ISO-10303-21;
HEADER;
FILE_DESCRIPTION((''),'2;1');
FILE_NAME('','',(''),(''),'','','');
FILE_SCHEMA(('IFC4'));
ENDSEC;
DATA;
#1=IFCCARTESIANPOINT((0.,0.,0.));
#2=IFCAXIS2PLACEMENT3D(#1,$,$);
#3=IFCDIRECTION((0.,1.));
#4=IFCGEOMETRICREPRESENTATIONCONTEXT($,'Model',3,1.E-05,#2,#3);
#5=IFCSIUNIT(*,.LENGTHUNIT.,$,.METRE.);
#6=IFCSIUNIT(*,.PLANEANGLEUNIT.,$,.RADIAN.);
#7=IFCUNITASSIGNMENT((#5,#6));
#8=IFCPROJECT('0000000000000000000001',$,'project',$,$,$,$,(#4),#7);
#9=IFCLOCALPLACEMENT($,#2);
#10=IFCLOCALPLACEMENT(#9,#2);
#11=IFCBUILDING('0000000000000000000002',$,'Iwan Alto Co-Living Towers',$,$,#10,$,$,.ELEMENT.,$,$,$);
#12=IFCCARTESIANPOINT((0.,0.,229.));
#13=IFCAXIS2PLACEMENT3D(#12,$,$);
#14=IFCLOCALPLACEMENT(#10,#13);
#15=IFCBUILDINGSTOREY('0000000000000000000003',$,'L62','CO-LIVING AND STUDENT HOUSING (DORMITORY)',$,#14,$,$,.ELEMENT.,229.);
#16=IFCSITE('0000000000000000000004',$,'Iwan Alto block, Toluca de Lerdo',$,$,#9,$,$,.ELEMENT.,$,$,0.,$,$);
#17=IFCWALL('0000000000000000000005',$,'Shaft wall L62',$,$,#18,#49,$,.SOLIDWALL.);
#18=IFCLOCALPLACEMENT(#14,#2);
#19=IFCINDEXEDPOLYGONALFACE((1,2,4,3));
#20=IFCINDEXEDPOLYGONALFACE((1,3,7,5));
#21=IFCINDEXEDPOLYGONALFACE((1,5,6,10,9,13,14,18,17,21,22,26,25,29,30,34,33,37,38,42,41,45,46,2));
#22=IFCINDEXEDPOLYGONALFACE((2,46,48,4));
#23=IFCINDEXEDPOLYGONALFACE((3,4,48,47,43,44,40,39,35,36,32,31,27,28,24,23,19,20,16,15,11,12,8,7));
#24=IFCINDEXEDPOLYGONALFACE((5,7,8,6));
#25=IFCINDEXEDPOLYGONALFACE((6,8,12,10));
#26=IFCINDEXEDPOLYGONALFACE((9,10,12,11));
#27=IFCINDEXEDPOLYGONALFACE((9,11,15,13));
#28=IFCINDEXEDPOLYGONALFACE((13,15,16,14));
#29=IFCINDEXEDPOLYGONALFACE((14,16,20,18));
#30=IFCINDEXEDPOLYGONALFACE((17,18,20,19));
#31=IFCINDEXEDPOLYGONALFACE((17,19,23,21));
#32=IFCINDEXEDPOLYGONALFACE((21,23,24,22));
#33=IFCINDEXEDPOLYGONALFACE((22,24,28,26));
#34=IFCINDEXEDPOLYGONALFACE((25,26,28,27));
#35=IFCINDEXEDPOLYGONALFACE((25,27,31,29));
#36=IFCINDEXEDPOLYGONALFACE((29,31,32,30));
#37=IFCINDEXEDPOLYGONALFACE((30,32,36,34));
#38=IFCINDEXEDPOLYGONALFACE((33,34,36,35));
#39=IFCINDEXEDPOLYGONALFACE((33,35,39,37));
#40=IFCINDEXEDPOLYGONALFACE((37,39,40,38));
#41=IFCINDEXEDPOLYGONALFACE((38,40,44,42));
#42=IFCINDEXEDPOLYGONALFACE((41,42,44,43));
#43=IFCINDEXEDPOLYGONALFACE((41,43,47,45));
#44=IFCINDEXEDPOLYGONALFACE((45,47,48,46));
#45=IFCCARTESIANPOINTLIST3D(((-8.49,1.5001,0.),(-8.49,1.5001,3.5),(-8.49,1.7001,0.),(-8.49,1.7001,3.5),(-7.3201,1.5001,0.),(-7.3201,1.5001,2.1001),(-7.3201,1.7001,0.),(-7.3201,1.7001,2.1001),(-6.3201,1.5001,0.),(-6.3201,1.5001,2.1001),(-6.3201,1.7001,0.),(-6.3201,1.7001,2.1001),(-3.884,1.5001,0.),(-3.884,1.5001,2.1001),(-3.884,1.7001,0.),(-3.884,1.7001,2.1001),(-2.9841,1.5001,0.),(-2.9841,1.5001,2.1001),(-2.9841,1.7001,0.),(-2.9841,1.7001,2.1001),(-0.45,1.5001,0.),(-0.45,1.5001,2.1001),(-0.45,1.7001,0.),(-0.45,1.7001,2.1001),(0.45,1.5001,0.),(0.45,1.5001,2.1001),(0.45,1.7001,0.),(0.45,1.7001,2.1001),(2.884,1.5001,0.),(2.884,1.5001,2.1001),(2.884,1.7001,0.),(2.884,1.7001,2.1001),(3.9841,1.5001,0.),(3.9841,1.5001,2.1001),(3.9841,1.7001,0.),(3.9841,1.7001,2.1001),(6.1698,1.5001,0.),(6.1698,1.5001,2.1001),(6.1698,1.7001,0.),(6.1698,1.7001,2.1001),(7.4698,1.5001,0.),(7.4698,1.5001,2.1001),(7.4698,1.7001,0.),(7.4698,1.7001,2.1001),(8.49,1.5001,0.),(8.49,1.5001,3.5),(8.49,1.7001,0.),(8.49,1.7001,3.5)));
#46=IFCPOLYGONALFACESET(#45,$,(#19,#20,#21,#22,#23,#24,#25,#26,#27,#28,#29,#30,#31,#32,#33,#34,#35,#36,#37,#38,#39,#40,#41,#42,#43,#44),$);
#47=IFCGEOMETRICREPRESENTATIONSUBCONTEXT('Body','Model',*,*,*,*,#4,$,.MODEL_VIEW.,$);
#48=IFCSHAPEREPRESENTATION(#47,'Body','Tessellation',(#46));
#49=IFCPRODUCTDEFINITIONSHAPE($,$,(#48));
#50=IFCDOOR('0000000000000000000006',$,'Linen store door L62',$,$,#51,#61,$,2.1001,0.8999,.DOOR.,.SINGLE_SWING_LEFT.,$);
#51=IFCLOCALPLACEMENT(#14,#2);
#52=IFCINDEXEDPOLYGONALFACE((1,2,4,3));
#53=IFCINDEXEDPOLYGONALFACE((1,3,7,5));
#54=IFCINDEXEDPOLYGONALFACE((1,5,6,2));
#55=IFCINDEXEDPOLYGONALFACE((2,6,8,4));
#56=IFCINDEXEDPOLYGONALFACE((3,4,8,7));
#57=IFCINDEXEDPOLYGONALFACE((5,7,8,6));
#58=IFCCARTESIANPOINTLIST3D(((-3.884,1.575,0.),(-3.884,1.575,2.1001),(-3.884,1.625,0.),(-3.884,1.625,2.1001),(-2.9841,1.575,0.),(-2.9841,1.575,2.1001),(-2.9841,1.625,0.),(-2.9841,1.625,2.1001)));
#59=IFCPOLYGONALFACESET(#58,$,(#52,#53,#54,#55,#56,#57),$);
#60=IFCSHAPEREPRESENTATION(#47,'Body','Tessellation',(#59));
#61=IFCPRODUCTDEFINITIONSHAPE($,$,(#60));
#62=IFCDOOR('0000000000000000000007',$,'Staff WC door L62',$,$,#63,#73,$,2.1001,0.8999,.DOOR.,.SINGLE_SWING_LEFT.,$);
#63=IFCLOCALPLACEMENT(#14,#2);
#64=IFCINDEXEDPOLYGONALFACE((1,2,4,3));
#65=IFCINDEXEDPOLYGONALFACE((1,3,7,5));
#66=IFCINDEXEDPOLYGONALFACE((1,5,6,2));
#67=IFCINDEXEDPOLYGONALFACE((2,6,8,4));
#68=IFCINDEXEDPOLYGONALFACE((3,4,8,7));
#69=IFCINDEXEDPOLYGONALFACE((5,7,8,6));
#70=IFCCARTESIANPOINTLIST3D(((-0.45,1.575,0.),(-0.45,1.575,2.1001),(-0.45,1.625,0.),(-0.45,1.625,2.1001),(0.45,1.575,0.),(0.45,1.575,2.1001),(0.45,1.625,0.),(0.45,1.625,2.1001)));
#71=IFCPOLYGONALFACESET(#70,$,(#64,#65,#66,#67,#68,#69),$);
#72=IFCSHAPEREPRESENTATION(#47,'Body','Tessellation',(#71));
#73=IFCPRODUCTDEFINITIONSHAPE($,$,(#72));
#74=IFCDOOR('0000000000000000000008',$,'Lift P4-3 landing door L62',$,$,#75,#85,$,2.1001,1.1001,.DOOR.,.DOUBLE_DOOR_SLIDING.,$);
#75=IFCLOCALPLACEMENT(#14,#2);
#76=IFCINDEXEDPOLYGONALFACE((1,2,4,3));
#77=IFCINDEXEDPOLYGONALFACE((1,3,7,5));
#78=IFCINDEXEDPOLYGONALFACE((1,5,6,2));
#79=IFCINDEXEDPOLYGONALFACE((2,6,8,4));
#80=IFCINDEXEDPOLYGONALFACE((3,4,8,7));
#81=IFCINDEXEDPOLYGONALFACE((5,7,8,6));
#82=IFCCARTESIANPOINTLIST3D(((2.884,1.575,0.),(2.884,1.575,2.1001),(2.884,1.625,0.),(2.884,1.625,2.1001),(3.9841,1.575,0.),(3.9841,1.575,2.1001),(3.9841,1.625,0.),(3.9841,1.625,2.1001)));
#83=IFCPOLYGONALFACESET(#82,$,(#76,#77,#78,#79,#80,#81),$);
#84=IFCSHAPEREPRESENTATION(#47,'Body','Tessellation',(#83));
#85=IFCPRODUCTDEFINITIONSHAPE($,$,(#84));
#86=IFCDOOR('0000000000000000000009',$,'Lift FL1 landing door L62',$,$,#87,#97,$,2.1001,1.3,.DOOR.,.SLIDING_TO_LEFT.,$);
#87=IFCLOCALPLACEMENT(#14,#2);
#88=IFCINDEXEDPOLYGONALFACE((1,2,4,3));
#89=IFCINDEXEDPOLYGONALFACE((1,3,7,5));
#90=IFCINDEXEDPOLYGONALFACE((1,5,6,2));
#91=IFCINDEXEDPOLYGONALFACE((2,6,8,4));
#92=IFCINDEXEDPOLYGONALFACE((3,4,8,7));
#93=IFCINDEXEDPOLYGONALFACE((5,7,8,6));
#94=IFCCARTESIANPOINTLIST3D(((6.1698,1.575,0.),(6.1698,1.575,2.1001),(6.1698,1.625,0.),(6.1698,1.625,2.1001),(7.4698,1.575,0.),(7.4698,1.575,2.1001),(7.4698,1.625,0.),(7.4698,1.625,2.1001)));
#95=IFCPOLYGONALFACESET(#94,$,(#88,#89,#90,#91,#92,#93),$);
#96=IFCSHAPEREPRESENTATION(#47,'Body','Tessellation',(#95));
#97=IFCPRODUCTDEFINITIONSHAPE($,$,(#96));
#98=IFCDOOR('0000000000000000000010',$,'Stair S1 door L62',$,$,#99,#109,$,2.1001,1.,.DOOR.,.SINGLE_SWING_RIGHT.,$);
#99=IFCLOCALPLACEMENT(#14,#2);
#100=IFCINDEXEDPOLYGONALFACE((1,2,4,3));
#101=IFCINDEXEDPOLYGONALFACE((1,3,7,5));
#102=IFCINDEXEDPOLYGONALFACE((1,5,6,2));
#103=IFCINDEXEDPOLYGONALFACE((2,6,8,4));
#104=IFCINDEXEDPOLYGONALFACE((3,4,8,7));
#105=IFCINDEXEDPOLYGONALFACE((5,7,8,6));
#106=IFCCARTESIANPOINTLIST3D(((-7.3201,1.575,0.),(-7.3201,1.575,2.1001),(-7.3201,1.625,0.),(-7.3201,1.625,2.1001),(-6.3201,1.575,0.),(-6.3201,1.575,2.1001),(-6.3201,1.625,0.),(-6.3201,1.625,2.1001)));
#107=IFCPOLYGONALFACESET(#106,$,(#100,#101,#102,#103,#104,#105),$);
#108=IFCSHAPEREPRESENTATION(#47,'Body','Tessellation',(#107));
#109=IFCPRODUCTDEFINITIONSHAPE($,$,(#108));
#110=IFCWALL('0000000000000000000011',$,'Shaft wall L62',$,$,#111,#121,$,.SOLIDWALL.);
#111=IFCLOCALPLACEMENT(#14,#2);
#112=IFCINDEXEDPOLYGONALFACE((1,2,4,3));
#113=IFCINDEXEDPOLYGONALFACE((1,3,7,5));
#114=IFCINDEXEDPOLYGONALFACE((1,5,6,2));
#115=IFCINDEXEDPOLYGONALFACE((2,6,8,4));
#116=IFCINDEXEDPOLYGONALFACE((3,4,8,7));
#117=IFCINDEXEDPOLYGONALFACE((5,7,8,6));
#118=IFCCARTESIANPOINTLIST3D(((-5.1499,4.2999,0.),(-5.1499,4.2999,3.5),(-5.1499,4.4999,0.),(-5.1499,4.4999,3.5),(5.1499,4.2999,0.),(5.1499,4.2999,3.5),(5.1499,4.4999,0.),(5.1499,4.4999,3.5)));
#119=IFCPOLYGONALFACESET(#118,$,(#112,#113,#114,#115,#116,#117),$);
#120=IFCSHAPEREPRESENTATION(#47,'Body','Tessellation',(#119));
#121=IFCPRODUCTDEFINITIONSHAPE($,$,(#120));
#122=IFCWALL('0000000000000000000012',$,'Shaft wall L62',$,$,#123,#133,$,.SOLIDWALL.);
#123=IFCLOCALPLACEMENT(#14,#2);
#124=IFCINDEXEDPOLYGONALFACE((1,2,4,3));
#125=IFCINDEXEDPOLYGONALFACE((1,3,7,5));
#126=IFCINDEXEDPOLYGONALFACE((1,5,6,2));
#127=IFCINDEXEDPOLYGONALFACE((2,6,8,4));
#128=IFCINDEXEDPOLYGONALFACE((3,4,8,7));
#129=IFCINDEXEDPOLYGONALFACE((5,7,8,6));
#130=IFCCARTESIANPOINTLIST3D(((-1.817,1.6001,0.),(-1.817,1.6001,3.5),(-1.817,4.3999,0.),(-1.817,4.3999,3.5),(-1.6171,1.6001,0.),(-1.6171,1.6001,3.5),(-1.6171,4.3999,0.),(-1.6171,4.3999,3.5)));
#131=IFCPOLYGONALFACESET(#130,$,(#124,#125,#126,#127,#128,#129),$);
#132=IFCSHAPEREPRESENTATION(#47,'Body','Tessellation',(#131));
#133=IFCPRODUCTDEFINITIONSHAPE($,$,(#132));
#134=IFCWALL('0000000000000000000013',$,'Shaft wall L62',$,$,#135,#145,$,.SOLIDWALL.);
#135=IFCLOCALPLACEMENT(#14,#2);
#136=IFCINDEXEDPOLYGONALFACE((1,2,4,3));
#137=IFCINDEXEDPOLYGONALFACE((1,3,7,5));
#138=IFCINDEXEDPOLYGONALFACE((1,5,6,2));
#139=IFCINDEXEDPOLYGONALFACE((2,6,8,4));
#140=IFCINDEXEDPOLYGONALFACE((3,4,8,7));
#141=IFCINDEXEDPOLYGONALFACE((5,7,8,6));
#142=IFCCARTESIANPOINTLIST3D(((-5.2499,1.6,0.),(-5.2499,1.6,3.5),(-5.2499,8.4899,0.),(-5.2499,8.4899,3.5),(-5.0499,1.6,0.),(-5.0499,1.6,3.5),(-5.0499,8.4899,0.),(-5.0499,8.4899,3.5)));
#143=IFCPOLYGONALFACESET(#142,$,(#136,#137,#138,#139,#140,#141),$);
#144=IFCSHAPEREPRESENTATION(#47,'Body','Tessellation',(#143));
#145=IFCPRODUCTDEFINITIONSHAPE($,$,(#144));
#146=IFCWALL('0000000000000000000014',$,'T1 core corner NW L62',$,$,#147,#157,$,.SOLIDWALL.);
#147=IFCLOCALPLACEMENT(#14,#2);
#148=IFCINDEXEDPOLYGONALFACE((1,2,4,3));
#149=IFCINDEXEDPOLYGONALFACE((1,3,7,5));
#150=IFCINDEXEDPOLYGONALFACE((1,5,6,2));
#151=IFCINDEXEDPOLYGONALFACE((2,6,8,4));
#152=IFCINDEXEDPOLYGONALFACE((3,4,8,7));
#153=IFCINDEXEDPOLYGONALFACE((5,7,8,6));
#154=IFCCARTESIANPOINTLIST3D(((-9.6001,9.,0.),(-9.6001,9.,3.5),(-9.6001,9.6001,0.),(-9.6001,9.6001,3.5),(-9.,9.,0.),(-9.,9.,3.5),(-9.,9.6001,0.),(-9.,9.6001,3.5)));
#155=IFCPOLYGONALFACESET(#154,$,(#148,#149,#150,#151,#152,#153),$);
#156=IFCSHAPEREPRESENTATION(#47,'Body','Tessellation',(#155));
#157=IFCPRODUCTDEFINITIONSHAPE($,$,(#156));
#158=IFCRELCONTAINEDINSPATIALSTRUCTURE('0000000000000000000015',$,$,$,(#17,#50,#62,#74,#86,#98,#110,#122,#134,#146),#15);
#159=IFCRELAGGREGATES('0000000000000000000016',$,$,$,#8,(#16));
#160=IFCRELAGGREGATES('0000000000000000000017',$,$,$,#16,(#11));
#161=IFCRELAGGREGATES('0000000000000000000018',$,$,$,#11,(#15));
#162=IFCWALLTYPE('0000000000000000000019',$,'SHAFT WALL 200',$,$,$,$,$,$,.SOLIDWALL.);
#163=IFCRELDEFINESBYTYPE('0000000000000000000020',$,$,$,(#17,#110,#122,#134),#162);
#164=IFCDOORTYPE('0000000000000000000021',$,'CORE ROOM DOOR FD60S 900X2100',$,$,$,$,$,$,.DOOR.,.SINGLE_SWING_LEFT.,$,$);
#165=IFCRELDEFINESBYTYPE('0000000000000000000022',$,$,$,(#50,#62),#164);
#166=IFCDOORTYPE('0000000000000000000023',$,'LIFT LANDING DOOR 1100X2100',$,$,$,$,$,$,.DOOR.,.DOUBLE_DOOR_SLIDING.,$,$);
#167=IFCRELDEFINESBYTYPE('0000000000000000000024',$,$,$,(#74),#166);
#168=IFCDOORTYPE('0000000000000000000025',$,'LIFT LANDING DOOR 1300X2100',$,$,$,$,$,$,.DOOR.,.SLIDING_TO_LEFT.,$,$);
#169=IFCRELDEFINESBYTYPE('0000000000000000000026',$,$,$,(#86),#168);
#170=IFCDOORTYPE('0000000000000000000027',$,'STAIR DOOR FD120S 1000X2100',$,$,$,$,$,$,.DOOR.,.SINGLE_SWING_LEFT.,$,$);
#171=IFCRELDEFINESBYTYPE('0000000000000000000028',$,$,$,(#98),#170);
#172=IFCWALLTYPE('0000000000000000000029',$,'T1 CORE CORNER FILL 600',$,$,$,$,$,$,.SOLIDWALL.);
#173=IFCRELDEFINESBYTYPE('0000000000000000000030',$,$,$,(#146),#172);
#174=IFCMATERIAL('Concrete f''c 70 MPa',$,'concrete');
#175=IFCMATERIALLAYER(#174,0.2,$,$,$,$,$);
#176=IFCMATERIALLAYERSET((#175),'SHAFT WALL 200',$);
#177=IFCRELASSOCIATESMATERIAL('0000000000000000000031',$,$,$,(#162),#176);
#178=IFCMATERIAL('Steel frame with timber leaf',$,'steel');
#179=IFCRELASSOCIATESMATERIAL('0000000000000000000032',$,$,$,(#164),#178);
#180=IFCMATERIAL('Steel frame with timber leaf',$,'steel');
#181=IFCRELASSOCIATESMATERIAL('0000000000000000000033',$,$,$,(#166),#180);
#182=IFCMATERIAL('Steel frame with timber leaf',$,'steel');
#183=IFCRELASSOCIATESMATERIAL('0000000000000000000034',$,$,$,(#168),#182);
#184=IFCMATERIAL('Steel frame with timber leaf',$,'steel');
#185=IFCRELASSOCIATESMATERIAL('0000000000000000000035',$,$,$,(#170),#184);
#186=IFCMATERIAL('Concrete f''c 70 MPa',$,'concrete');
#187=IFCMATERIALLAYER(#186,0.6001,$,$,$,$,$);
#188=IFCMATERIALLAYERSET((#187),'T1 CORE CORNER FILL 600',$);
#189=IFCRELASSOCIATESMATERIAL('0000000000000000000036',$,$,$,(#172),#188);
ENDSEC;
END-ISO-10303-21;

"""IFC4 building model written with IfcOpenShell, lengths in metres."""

from ifc_helpers import new_model, si_unit, direction, frame, frame_2d, origin, place, context, subcontext, project, spatial, rectangle, extrude, material, layer, layer_set, type_object, element, fill, save


model = new_model("IFC4")

# Units and contexts
model_context = context("Model", 3, precision=1e-05, world=origin(), true_north=direction((0.0, 1.0)))
body_context = subcontext(model_context, "Body", "Model", "MODEL_VIEW")
ifc_project = project(units=[si_unit("LENGTHUNIT", "METRE"), si_unit("PLANEANGLEUNIT", "RADIAN")], contexts=[model_context])

# Site, building, storey
site_placement = place(None, origin())
site = spatial("IfcSite", under=ifc_project, at=site_placement, Name="Iwan Alto block, Toluca de Lerdo", CompositionType="ELEMENT", RefElevation=0.0)
building_placement = place(site_placement, origin())
building = spatial("IfcBuilding", under=site, at=building_placement, Name="Iwan Alto Co-Living Towers", CompositionType="ELEMENT")
storey_placement = place(building_placement, frame((0.0, 0.0, 229.0)))
storey = spatial("IfcBuildingStorey", under=building, at=storey_placement, Name="L62", Description="CO-LIVING AND STUDENT HOUSING (DORMITORY)", CompositionType="ELEMENT", Elevation=229.0)

# Wall, openings, doors
ifc_material_1 = material(Name="Concrete f'c 70 MPa", Category="concrete")
ifc_layer_1 = layer(ifc_material_1, 0.2)
ifc_layer_set_1 = layer_set([ifc_layer_1], Name="SHAFT WALL 200")
wall_type_1 = type_object("IfcWallType", Name="SHAFT WALL 200", PredefinedType="SOLIDWALL", material=ifc_layer_set_1)
wall_1_placement = place(storey_placement, frame((-8.49, 1.6001, 0.0), z_axis=(0.0, 0.0, 1.0), x_axis=(1.0, 0.0, 0.0)))
wall_1 = element("IfcWall", 1, at=wall_1_placement, inside=storey, type_object=wall_type_1, Name="Shaft wall L62", PredefinedType="SOLIDWALL", context=body_context, shape_type="SweptSolid", body=[
    extrude(rectangle(XDim=16.98, YDim=0.2, at=frame_2d((8.49, 0.0))), origin(), (0.0, 0.0, 1.0), 3.5),
])
opening_1_placement = place(wall_1_placement, frame((1.1699, 0.0, 0.0)))
opening_1 = element("IfcOpeningElement", 2, at=opening_1_placement, cuts=wall_1, PredefinedType="OPENING", context=body_context, shape_type="SweptSolid", body=[
    extrude(rectangle(XDim=1.0, YDim=2.1001, at=frame_2d((0.5, 1.05))), frame((0.0, 0.1099, 0.0), z_axis=(0.0, -1.0, 0.0), x_axis=(1.0, 0.0, 0.0)), (0.0, 0.0, 1.0), 0.22),
])
opening_2_placement = place(wall_1_placement, frame((4.606, 0.0, 0.0)))
opening_2 = element("IfcOpeningElement", 3, at=opening_2_placement, cuts=wall_1, PredefinedType="OPENING", context=body_context, shape_type="SweptSolid", body=[
    extrude(rectangle(XDim=0.8999, YDim=2.1001, at=frame_2d((0.45, 1.05))), frame((0.0, 0.1099, 0.0), z_axis=(0.0, -1.0, 0.0), x_axis=(1.0, 0.0, 0.0)), (0.0, 0.0, 1.0), 0.22),
])
opening_3_placement = place(wall_1_placement, frame((8.04, 0.0, 0.0)))
opening_3 = element("IfcOpeningElement", 4, at=opening_3_placement, cuts=wall_1, PredefinedType="OPENING", context=body_context, shape_type="SweptSolid", body=[
    extrude(rectangle(XDim=0.8999, YDim=2.1001, at=frame_2d((0.45, 1.05))), frame((0.0, 0.1099, 0.0), z_axis=(0.0, -1.0, 0.0), x_axis=(1.0, 0.0, 0.0)), (0.0, 0.0, 1.0), 0.22),
])
opening_4_placement = place(wall_1_placement, frame((11.374, 0.0, 0.0)))
opening_4 = element("IfcOpeningElement", 5, at=opening_4_placement, cuts=wall_1, PredefinedType="OPENING", context=body_context, shape_type="SweptSolid", body=[
    extrude(rectangle(XDim=1.1001, YDim=2.1001, at=frame_2d((0.55, 1.05))), frame((0.0, 0.1099, 0.0), z_axis=(0.0, -1.0, 0.0), x_axis=(1.0, 0.0, 0.0)), (0.0, 0.0, 1.0), 0.22),
])
opening_5_placement = place(wall_1_placement, frame((14.6599, 0.0, 0.0)))
opening_5 = element("IfcOpeningElement", 6, at=opening_5_placement, cuts=wall_1, PredefinedType="OPENING", context=body_context, shape_type="SweptSolid", body=[
    extrude(rectangle(XDim=1.3, YDim=2.1001, at=frame_2d((0.6499, 1.05))), frame((0.0, 0.1099, 0.0), z_axis=(0.0, -1.0, 0.0), x_axis=(1.0, 0.0, 0.0)), (0.0, 0.0, 1.0), 0.22),
])
ifc_material_2 = material(Name="Steel frame with timber leaf", Category="steel")
door_type_1 = type_object("IfcDoorType", Name="CORE ROOM DOOR FD60S 900X2100", OperationType="SINGLE_SWING_LEFT", PredefinedType="DOOR", material=ifc_material_2)
door_1_placement = place(opening_2_placement, origin())
door_1 = element("IfcDoor", 7, at=door_1_placement, inside=storey, type_object=door_type_1, Name="Linen store door L62", OperationType="SINGLE_SWING_LEFT", OverallHeight=2.1001, OverallWidth=0.8999, PredefinedType="DOOR", context=body_context, shape_type="SweptSolid", body=[
    extrude(rectangle(XDim=0.8999, YDim=2.1001, at=frame_2d((0.45, 1.05))), frame((0.0, 0.0249, 0.0), z_axis=(0.0, -1.0, 0.0), x_axis=(1.0, 0.0, 0.0)), (0.0, 0.0, 1.0), 0.05),
])
fill(opening_2, door_1)
door_2_placement = place(opening_3_placement, origin())
door_2 = element("IfcDoor", 8, at=door_2_placement, inside=storey, type_object=door_type_1, Name="Staff WC door L62", OperationType="SINGLE_SWING_LEFT", OverallHeight=2.1001, OverallWidth=0.8999, PredefinedType="DOOR", context=body_context, shape_type="SweptSolid", body=[
    extrude(rectangle(XDim=0.8999, YDim=2.1001, at=frame_2d((0.45, 1.05))), frame((0.0, 0.0249, 0.0), z_axis=(0.0, -1.0, 0.0), x_axis=(1.0, 0.0, 0.0)), (0.0, 0.0, 1.0), 0.05),
])
fill(opening_3, door_2)
ifc_material_3 = material(Name="Steel frame with timber leaf", Category="steel")
door_type_2 = type_object("IfcDoorType", Name="LIFT LANDING DOOR 1100X2100", OperationType="DOUBLE_DOOR_SLIDING", PredefinedType="DOOR", material=ifc_material_3)
door_3_placement = place(opening_4_placement, origin())
door_3 = element("IfcDoor", 9, at=door_3_placement, inside=storey, type_object=door_type_2, Name="Lift P4-3 landing door L62", OperationType="DOUBLE_DOOR_SLIDING", OverallHeight=2.1001, OverallWidth=1.1001, PredefinedType="DOOR", context=body_context, shape_type="SweptSolid", body=[
    extrude(rectangle(XDim=1.1001, YDim=2.1001, at=frame_2d((0.55, 1.05))), frame((0.0, 0.0249, 0.0), z_axis=(0.0, -1.0, 0.0), x_axis=(1.0, 0.0, 0.0)), (0.0, 0.0, 1.0), 0.05),
])
fill(opening_4, door_3)
ifc_material_4 = material(Name="Steel frame with timber leaf", Category="steel")
door_type_3 = type_object("IfcDoorType", Name="LIFT LANDING DOOR 1300X2100", OperationType="SLIDING_TO_LEFT", PredefinedType="DOOR", material=ifc_material_4)
door_4_placement = place(opening_5_placement, origin())
door_4 = element("IfcDoor", 10, at=door_4_placement, inside=storey, type_object=door_type_3, Name="Lift FL1 landing door L62", OperationType="SLIDING_TO_LEFT", OverallHeight=2.1001, OverallWidth=1.3, PredefinedType="DOOR", context=body_context, shape_type="SweptSolid", body=[
    extrude(rectangle(XDim=1.3, YDim=2.1001, at=frame_2d((0.6499, 1.05))), frame((0.0, 0.0249, 0.0), z_axis=(0.0, -1.0, 0.0), x_axis=(1.0, 0.0, 0.0)), (0.0, 0.0, 1.0), 0.05),
])
fill(opening_5, door_4)
ifc_material_5 = material(Name="Steel frame with timber leaf", Category="steel")
door_type_4 = type_object("IfcDoorType", Name="STAIR DOOR FD120S 1000X2100", OperationType="SINGLE_SWING_LEFT", PredefinedType="DOOR", material=ifc_material_5)
door_5_placement = place(opening_1_placement, origin())
door_5 = element("IfcDoor", 11, at=door_5_placement, inside=storey, type_object=door_type_4, Name="Stair S1 door L62", OperationType="SINGLE_SWING_RIGHT", OverallHeight=2.1001, OverallWidth=1.0, PredefinedType="DOOR", context=body_context, shape_type="SweptSolid", body=[
    extrude(rectangle(XDim=1.0, YDim=2.1001, at=frame_2d((0.5, 1.05))), frame((0.0, 0.0249, 0.0), z_axis=(0.0, -1.0, 0.0), x_axis=(1.0, 0.0, 0.0)), (0.0, 0.0, 1.0), 0.05),
])
fill(opening_1, door_5)

# Walls
wall_2_placement = place(storey_placement, frame((-5.1499, 4.3999, 0.0), z_axis=(0.0, 0.0, 1.0), x_axis=(1.0, 0.0, 0.0)))
element("IfcWall", 12, at=wall_2_placement, inside=storey, type_object=wall_type_1, Name="Shaft wall L62", PredefinedType="SOLIDWALL", context=body_context, shape_type="SweptSolid", body=[
    extrude(rectangle(XDim=10.2998, YDim=0.2, at=frame_2d((5.1499, 0.0))), origin(), (0.0, 0.0, 1.0), 3.5),
])
wall_3_placement = place(storey_placement, frame((-1.717, 1.6001, 0.0), z_axis=(0.0, 0.0, 1.0), x_axis=(0.0, 1.0, 0.0)))
element("IfcWall", 13, at=wall_3_placement, inside=storey, type_object=wall_type_1, Name="Shaft wall L62", PredefinedType="SOLIDWALL", context=body_context, shape_type="SweptSolid", body=[
    extrude(rectangle(XDim=2.7998, YDim=0.2, at=frame_2d((1.3999, 0.0))), origin(), (0.0, 0.0, 1.0), 3.5),
])
wall_4_placement = place(storey_placement, frame((-5.1499, 1.6001, 0.0), z_axis=(0.0, 0.0, 1.0), x_axis=(0.0, 1.0, 0.0)))
element("IfcWall", 14, at=wall_4_placement, inside=storey, type_object=wall_type_1, Name="Shaft wall L62", PredefinedType="SOLIDWALL", context=body_context, shape_type="SweptSolid", body=[
    extrude(rectangle(XDim=6.8899, YDim=0.2, at=frame_2d((3.4448, 0.0))), origin(), (0.0, 0.0, 1.0), 3.5),
])
ifc_material_6 = material(Name="Concrete f'c 70 MPa", Category="concrete")
ifc_layer_2 = layer(ifc_material_6, 0.6001)
ifc_layer_set_2 = layer_set([ifc_layer_2], Name="T1 CORE CORNER FILL 600")
wall_type_2 = type_object("IfcWallType", Name="T1 CORE CORNER FILL 600", PredefinedType="SOLIDWALL", material=ifc_layer_set_2)
wall_5_placement = place(storey_placement, frame((-9.6001, 9.3, 0.0), z_axis=(0.0, 0.0, 1.0), x_axis=(1.0, 0.0, 0.0)))
element("IfcWall", 15, at=wall_5_placement, inside=storey, type_object=wall_type_2, Name="T1 core corner NW L62", PredefinedType="SOLIDWALL", context=body_context, shape_type="SweptSolid", body=[
    extrude(rectangle(XDim=0.6001, YDim=0.6001, at=frame_2d((0.3, 0.0))), origin(), (0.0, 0.0, 1.0), 3.5),
])

save(model, "model.ifc")
